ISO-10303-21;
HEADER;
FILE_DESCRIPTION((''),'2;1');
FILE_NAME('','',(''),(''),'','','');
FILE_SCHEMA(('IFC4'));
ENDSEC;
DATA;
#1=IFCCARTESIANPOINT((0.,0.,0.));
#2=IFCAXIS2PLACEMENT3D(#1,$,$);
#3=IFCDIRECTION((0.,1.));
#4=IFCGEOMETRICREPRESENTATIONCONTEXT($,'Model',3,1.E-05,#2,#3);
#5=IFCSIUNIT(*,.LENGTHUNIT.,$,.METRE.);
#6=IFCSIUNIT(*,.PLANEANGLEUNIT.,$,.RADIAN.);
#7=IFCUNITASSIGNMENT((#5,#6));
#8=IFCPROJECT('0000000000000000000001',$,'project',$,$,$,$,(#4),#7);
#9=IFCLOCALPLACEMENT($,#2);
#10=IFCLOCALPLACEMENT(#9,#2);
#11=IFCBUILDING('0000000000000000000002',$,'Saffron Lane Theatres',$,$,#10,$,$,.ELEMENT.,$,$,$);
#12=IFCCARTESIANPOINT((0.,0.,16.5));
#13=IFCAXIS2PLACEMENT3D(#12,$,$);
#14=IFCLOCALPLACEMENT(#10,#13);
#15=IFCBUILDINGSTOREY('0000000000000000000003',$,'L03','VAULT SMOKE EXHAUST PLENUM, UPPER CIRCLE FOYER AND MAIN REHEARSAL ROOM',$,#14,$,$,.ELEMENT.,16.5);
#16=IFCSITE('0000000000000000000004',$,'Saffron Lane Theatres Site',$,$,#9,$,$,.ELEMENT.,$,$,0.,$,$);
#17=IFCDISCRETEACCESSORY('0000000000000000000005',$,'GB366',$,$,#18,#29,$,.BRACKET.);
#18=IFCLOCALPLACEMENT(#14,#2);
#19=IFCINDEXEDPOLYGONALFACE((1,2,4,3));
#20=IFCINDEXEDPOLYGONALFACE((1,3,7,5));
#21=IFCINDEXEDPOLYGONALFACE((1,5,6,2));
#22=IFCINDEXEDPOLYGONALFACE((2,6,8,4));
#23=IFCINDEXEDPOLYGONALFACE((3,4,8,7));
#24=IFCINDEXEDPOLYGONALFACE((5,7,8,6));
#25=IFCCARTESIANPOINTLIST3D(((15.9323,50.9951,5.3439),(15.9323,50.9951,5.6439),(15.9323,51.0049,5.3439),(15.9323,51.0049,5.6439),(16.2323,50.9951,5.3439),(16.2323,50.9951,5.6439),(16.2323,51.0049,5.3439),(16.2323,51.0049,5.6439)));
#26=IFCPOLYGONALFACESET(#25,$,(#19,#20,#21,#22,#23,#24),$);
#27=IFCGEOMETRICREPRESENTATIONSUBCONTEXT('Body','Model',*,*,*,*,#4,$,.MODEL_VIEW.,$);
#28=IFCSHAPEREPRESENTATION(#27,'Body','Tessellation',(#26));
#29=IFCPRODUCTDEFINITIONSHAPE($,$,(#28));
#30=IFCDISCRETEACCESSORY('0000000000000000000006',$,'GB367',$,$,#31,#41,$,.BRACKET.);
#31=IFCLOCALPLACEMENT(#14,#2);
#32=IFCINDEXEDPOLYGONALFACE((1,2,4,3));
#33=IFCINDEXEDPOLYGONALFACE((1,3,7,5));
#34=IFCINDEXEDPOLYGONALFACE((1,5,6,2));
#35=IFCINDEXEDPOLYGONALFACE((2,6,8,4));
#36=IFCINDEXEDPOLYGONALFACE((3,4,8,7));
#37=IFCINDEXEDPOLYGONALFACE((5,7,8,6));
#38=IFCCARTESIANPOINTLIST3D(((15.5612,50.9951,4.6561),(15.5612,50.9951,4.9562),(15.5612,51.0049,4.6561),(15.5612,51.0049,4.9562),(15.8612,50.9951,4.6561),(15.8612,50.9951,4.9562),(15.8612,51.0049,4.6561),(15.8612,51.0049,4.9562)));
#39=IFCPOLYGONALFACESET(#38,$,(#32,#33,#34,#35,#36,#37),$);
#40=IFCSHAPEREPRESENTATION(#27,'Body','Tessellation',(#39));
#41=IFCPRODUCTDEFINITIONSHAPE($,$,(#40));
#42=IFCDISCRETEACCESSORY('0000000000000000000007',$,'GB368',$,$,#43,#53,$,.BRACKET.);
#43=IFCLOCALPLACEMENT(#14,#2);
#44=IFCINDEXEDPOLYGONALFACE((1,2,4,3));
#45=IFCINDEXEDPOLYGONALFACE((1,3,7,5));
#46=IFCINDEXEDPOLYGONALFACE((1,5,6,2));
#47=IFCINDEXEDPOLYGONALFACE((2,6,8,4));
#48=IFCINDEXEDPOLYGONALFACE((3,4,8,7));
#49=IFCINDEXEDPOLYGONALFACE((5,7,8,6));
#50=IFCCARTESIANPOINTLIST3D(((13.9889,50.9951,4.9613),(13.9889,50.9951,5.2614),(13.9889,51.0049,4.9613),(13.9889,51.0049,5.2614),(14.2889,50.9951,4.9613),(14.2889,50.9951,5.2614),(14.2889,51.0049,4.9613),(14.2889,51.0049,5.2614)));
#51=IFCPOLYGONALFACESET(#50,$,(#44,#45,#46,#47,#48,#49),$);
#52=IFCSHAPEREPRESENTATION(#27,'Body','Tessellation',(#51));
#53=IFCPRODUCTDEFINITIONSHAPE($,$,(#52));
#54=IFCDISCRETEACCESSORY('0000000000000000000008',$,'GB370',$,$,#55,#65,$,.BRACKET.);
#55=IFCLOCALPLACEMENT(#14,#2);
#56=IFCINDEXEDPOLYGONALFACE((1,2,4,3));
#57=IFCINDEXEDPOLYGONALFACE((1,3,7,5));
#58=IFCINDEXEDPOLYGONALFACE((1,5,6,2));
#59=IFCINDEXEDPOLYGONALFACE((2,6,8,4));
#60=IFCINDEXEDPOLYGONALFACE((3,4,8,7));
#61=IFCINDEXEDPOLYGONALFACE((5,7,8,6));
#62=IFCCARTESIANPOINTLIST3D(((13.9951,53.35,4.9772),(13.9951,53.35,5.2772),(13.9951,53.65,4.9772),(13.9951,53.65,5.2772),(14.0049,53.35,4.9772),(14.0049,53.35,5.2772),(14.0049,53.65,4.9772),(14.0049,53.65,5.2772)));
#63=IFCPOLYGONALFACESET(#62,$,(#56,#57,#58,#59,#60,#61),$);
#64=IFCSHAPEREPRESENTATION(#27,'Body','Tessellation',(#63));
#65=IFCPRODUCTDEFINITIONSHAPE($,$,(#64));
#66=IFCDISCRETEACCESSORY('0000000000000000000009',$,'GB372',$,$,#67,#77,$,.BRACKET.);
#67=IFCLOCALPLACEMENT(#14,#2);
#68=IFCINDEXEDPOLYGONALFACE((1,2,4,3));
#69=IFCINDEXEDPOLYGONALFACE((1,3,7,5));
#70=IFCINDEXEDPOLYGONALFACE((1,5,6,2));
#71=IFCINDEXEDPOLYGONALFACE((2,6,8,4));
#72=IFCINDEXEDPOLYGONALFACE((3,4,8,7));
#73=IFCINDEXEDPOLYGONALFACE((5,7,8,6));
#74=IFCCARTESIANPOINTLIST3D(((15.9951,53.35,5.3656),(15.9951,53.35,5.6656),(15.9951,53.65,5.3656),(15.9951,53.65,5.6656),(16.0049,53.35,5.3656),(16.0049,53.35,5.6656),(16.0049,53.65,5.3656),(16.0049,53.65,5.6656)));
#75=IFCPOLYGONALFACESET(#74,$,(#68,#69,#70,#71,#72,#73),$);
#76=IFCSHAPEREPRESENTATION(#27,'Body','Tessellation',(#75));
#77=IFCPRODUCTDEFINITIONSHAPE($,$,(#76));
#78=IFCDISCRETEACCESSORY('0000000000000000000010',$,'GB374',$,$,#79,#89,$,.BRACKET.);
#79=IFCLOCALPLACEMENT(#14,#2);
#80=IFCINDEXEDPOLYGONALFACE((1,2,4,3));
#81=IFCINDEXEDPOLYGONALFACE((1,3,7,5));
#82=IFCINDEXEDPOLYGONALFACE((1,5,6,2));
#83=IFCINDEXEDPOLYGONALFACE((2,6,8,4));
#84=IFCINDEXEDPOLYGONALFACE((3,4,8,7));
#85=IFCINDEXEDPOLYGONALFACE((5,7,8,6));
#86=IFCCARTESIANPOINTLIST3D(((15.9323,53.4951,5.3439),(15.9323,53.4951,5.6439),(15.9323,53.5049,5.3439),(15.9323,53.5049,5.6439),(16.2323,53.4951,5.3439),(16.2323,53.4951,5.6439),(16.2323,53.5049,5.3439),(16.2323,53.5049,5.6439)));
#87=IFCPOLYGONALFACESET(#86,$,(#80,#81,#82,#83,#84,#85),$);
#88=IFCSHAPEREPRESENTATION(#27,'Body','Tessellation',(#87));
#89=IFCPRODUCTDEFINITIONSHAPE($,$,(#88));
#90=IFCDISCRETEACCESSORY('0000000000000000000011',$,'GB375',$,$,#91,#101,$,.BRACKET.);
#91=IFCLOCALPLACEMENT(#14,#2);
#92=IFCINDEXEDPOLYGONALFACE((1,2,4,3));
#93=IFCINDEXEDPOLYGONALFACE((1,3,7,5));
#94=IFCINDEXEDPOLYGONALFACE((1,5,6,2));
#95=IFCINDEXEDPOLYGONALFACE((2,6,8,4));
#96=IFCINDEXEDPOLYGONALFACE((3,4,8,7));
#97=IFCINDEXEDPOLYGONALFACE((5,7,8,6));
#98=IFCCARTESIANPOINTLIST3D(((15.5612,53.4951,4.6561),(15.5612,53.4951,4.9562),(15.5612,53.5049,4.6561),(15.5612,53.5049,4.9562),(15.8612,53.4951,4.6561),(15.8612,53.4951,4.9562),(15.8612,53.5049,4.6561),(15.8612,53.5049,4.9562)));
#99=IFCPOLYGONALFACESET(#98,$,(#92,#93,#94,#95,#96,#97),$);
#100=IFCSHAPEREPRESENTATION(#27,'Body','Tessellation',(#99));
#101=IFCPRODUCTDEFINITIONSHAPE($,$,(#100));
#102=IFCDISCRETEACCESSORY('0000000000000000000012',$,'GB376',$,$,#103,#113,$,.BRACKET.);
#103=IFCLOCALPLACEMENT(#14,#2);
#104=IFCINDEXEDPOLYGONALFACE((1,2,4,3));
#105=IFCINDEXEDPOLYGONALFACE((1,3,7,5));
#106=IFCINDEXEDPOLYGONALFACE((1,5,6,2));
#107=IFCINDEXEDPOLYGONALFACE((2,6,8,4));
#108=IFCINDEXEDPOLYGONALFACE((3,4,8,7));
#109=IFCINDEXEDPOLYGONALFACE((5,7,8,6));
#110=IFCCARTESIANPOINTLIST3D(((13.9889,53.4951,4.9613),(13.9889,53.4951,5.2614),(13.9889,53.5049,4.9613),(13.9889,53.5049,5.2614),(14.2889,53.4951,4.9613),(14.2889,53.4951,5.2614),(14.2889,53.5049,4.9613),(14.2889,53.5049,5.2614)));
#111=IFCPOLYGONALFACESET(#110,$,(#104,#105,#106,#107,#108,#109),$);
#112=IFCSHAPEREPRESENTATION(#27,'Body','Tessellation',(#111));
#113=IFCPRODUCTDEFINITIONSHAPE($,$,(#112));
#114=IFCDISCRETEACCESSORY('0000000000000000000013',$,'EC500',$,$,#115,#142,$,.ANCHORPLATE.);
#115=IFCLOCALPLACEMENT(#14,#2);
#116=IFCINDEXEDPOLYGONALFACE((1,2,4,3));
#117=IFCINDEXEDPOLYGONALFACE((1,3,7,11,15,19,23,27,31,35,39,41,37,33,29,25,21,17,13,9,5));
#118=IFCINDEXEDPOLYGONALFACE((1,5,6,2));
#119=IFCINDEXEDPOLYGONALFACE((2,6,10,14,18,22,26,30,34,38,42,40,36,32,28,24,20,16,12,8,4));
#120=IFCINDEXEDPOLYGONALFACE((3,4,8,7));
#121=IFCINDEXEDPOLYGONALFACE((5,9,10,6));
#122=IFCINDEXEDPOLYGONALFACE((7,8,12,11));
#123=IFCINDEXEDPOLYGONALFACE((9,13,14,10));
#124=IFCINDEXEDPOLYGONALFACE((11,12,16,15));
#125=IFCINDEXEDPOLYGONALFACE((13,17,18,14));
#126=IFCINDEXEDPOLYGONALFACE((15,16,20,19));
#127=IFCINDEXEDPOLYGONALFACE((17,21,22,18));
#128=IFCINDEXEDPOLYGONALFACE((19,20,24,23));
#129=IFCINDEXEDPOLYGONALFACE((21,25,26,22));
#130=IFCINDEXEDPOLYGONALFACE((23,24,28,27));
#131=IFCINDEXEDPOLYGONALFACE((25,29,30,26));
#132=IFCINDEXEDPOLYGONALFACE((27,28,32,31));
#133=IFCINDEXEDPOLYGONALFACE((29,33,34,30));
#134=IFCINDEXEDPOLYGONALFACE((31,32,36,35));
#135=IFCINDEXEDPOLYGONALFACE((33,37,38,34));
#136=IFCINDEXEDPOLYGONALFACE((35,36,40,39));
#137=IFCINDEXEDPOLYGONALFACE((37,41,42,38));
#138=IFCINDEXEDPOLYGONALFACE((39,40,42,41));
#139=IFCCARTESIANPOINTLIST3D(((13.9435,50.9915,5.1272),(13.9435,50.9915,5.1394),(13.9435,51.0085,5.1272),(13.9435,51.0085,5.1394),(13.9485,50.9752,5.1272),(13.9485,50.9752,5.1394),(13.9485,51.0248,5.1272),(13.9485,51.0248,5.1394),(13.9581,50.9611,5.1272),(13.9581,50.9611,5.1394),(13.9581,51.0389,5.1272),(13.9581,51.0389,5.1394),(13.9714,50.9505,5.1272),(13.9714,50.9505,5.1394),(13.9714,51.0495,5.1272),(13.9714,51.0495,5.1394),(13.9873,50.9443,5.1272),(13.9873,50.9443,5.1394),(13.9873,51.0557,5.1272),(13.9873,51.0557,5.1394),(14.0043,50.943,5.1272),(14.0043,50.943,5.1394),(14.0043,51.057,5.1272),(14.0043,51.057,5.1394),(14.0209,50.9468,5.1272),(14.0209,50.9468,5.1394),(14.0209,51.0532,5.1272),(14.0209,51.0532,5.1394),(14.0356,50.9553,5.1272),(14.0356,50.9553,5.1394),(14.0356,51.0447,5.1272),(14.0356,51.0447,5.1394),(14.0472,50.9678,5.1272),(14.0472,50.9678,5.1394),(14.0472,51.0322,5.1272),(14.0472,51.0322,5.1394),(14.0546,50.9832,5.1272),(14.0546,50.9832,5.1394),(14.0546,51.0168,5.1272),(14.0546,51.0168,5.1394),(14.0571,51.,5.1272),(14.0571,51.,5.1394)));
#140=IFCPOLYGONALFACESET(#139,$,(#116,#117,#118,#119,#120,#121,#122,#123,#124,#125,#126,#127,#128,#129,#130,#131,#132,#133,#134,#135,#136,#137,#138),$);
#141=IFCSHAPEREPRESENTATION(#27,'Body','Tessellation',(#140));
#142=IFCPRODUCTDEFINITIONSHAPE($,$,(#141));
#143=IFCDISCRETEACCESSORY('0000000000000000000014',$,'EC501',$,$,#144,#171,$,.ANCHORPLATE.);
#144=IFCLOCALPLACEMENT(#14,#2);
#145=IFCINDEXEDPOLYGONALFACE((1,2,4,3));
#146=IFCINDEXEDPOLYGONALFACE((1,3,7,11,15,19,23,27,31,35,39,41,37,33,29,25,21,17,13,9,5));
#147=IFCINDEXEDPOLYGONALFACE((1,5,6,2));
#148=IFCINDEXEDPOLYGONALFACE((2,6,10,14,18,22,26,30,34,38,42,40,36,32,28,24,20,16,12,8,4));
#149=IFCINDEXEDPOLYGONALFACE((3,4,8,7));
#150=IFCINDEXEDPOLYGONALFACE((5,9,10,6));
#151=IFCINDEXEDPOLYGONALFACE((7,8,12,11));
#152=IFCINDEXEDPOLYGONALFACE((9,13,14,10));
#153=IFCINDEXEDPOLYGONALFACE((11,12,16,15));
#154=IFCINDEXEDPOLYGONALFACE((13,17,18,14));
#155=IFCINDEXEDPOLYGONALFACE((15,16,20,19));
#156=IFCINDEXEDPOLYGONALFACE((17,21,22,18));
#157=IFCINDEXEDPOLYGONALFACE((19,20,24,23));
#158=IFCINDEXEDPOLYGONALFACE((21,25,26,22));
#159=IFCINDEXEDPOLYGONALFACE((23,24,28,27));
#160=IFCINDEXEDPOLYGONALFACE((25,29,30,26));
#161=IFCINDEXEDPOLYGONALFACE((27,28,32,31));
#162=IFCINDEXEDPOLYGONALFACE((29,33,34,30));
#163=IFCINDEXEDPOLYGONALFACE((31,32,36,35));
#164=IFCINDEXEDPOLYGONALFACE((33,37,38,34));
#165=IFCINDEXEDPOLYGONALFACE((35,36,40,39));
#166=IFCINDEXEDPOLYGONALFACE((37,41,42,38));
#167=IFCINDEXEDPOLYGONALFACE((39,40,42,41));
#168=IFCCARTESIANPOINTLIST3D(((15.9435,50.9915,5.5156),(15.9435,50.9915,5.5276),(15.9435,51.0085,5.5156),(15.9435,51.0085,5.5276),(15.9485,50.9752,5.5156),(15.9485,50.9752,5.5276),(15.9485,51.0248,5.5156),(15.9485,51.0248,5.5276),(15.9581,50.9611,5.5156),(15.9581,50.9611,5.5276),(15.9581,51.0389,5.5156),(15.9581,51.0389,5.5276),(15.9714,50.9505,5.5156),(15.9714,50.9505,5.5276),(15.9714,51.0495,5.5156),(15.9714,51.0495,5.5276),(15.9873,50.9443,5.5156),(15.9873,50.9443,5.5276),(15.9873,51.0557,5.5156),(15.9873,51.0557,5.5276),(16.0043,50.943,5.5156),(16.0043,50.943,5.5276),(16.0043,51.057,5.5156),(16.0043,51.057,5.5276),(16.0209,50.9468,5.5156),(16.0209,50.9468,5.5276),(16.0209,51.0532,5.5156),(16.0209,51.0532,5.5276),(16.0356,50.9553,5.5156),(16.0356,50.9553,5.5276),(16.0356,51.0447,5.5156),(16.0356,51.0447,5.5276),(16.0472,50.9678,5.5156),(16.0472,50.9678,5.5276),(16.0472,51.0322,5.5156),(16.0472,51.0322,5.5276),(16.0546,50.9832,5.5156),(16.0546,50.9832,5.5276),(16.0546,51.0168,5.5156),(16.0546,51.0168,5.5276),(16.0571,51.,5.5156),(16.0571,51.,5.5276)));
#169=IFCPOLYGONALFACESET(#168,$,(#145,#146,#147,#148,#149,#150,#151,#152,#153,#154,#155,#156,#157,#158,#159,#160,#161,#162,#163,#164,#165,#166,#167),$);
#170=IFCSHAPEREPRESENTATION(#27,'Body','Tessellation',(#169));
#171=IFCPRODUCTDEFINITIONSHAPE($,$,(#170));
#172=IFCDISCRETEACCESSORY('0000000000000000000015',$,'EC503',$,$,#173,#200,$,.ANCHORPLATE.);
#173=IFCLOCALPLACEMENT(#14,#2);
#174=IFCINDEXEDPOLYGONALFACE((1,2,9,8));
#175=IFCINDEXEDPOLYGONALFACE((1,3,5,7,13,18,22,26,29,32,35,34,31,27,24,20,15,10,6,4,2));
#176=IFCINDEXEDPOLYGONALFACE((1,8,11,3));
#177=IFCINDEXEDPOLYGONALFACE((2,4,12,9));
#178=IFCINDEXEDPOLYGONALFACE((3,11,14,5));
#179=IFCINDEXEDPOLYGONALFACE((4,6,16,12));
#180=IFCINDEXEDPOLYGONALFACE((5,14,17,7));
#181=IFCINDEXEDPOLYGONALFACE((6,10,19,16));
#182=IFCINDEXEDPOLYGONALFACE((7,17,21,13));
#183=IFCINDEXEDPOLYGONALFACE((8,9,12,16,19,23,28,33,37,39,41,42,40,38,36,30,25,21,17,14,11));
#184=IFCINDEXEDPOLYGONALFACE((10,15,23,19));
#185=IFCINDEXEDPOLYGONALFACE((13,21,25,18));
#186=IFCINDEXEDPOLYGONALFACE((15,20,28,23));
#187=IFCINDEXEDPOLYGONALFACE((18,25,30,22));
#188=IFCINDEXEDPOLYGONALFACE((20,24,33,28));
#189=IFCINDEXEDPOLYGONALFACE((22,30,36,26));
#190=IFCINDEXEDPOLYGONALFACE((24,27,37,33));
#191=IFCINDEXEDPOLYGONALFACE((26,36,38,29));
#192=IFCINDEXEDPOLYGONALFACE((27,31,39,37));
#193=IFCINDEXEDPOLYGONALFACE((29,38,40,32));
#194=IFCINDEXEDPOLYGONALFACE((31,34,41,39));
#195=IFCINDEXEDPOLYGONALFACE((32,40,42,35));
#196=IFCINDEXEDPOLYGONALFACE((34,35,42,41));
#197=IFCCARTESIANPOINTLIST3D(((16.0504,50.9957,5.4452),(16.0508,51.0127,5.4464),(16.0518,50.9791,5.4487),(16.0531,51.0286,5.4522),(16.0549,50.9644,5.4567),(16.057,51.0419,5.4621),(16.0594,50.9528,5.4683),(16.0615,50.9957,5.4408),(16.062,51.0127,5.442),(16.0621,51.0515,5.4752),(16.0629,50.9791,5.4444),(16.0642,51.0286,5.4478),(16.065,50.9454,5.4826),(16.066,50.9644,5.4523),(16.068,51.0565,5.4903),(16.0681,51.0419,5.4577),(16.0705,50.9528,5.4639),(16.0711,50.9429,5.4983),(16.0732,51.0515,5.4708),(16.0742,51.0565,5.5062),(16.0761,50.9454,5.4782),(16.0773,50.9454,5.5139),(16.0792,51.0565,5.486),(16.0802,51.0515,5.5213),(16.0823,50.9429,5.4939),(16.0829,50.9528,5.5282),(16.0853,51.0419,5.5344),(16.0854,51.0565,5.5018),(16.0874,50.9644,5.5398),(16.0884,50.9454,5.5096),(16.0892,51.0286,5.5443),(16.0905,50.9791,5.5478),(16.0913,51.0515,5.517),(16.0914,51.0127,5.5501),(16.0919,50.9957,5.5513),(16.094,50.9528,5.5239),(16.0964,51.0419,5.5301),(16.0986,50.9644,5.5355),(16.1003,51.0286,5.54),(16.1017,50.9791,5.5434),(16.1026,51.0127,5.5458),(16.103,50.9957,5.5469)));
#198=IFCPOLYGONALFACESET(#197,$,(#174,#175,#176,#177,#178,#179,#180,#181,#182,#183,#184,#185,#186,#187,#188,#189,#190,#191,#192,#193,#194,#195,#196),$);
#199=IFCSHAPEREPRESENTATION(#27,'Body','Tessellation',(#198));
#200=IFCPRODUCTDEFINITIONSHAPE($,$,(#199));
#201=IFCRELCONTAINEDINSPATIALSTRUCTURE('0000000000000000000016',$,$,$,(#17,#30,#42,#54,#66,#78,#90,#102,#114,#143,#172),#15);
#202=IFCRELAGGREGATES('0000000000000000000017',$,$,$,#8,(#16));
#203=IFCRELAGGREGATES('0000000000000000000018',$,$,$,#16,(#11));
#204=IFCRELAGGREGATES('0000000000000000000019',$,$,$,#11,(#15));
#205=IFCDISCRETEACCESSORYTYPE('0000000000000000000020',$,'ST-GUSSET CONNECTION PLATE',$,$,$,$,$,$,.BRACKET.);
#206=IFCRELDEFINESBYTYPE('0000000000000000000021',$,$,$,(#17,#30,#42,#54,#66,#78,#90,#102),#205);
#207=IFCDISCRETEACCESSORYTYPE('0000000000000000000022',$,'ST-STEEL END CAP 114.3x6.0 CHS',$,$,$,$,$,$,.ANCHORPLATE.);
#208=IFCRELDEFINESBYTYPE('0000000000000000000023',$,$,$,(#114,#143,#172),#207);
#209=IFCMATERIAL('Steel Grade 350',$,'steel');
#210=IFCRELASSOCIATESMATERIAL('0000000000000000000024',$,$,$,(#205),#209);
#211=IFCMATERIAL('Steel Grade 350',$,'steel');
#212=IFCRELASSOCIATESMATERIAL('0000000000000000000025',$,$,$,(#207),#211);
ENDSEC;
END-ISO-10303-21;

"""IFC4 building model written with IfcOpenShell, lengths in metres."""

from ifc_helpers import new_model, si_unit, direction, frame, origin, origin_2d, place, context, subcontext, project, spatial, rectangle, circle, extrude, material, material_profile, profile_set, type_object, element, save


model = new_model("IFC4")

# Units and contexts
model_context = context("Model", 3, precision=1e-05, world=origin(), true_north=direction((0.0, 1.0)))
body_context = subcontext(model_context, "Body", "Model", "MODEL_VIEW")
ifc_project = project(units=[si_unit("LENGTHUNIT", "METRE"), si_unit("PLANEANGLEUNIT", "RADIAN")], contexts=[model_context])

# Site, building, storey
site_placement = place(None, origin())
site = spatial("IfcSite", under=ifc_project, at=site_placement, Name="Saffron Lane Theatres Site", CompositionType="ELEMENT", RefElevation=0.0)
building_placement = place(site_placement, origin())
building = spatial("IfcBuilding", under=site, at=building_placement, Name="Saffron Lane Theatres", CompositionType="ELEMENT")
storey_placement = place(building_placement, frame((0.0, 0.0, 16.5)))
storey = spatial("IfcBuildingStorey", under=building, at=storey_placement, Name="L03", Description="VAULT SMOKE EXHAUST PLENUM, UPPER CIRCLE FOYER AND MAIN REHEARSAL ROOM", CompositionType="ELEMENT", Elevation=16.5)

# Discrete accessories
ifc_material_1 = material(Name="Steel Grade 350", Category="steel")
ifc_material_profile_1 = material_profile(ifc_material_1, rectangle(XDim=0.3, YDim=0.3, at=origin_2d()))
ifc_profile_set_1 = profile_set([ifc_material_profile_1], Name="Steel Grade 350")
discrete_accessory_type_1 = type_object("IfcDiscreteAccessoryType", Name="ST-GUSSET CONNECTION PLATE", PredefinedType="BRACKET", material=ifc_profile_set_1)
for number, where, z_axis, x_axis, name in (
    (1, (16.0823, 50.9951, 5.4939), (0.0, 1.0, 0.0), (-1.0, 0.0, 0.0), "GB366"),
    (2, (15.7112, 50.9951, 4.8062), (0.0, 1.0, 0.0), (-1.0, 0.0, 0.0), "GB367"),
    (3, (14.1389, 50.9951, 5.1113), (0.0, 1.0, 0.0), (-1.0, 0.0, 0.0), "GB368"),
    (4, (13.9951, 53.5, 5.1272), (1.0, 0.0, 0.0), (0.0, 1.0, 0.0), "GB370"),
    (5, (15.9951, 53.5, 5.5156), (1.0, 0.0, 0.0), (0.0, 1.0, 0.0), "GB372"),
    (6, (16.0823, 53.4951, 5.4939), (0.0, 1.0, 0.0), (-1.0, 0.0, 0.0), "GB374"),
    (7, (15.7112, 53.4951, 4.8062), (0.0, 1.0, 0.0), (-1.0, 0.0, 0.0), "GB375"),
    (8, (14.1389, 53.4951, 5.1113), (0.0, 1.0, 0.0), (-1.0, 0.0, 0.0), "GB376"),
):
    element("IfcDiscreteAccessory", number, at=place(storey_placement, frame(where, z_axis=z_axis, x_axis=x_axis)), inside=storey, type_object=discrete_accessory_type_1, Name=name, PredefinedType="BRACKET", context=body_context, shape_type="SweptSolid", body=[
        extrude(rectangle(XDim=0.3, YDim=0.3, at=origin_2d()), origin(), (0.0, 0.0, 1.0), 0.0098),
    ])
ifc_material_2 = material(Name="Steel Grade 350", Category="steel")
ifc_material_profile_2 = material_profile(ifc_material_2, circle(Radius=0.0571, at=origin_2d()))
ifc_profile_set_2 = profile_set([ifc_material_profile_2], Name="Steel Grade 350")
discrete_accessory_type_2 = type_object("IfcDiscreteAccessoryType", Name="ST-STEEL END CAP 114.3x6.0 CHS", PredefinedType="ANCHORPLATE", material=ifc_profile_set_2)
discrete_accessory_1_placement = place(storey_placement, frame((14.0, 51.0, 5.1272), z_axis=(0.0, 0.0, 1.0), x_axis=(1.0, 0.0, 0.0)))
element("IfcDiscreteAccessory", 9, at=discrete_accessory_1_placement, inside=storey, type_object=discrete_accessory_type_2, Name="EC500", PredefinedType="ANCHORPLATE", context=body_context, shape_type="SweptSolid", body=[
    extrude(circle(Radius=0.0571, at=origin_2d()), origin(), (0.0, 0.0, 1.0), 0.0122),
])
for number, where, z_axis, x_axis, name in (
    (10, (16.0, 51.0, 5.5156), (0.0, 0.0, 1.0), (1.0, 0.0, 0.0), "EC501"),
    (11, (16.0823, 51.0, 5.4939), (-0.931243, 0.0, 0.364399), (0.0, -1.0, 0.0), "EC503"),
):
    element("IfcDiscreteAccessory", number, at=place(storey_placement, frame(where, z_axis=z_axis, x_axis=x_axis)), inside=storey, type_object=discrete_accessory_type_2, Name=name, PredefinedType="ANCHORPLATE", context=body_context, shape_type="SweptSolid", body=[
        extrude(circle(Radius=0.0571, at=origin_2d()), origin(), (0.0, 0.0, 1.0), 0.012),
    ])

save(model, "model.ifc")
